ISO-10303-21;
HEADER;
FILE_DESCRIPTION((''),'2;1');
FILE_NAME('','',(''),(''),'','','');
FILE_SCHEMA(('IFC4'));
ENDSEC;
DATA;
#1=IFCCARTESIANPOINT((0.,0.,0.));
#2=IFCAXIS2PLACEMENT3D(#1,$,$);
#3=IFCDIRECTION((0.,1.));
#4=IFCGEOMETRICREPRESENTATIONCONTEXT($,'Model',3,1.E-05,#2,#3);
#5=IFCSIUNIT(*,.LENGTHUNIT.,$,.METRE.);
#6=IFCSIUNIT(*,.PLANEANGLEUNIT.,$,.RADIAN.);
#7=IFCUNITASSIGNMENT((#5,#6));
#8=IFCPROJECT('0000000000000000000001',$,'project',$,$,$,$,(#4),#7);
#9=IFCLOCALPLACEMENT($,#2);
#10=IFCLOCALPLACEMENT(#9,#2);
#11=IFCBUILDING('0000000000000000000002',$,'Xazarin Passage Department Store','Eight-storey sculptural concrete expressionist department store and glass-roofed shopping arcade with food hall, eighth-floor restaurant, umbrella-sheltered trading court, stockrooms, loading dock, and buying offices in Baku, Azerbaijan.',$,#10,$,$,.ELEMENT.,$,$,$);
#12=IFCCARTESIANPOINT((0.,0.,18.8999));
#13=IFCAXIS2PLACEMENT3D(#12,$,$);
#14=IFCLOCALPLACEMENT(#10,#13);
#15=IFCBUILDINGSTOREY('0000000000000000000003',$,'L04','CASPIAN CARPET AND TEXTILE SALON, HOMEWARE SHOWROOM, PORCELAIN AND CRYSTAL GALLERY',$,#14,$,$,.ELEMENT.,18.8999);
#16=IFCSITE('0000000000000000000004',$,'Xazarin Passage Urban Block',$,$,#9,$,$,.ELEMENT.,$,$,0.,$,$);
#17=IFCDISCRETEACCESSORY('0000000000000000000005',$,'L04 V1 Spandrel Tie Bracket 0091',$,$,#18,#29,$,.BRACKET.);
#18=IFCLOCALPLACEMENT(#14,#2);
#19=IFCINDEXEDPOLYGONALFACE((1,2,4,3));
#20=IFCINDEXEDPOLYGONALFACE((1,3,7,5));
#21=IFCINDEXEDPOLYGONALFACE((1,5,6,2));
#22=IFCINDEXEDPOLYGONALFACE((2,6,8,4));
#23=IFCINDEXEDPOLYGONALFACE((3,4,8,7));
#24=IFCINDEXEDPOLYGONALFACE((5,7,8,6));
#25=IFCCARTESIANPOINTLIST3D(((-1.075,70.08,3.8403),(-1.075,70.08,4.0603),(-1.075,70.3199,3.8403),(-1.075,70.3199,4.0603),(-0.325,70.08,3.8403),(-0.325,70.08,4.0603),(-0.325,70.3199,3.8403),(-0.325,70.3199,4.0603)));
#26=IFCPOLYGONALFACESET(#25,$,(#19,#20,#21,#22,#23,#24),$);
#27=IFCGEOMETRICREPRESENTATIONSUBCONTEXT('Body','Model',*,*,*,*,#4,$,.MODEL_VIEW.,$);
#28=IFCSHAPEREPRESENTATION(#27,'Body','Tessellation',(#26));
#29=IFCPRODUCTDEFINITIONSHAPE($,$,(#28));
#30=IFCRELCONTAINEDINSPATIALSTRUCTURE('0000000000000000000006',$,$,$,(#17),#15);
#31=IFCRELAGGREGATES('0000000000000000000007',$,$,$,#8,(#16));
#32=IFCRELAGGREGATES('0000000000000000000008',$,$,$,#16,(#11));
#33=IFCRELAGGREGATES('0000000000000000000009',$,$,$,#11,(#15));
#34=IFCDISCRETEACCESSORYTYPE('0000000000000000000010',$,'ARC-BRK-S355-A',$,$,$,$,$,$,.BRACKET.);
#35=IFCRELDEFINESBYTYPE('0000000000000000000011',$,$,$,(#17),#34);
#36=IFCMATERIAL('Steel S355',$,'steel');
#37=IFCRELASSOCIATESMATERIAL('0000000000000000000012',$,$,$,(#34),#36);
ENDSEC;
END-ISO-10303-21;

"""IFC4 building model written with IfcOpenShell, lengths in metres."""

from ifc_helpers import new_model, si_unit, direction, frame, origin, origin_2d, place, context, subcontext, project, spatial, rectangle, extrude, material, type_object, element, save


model = new_model("IFC4")

# Units and contexts
model_context = context("Model", 3, precision=1e-05, world=origin(), true_north=direction((0.0, 1.0)))
body_context = subcontext(model_context, "Body", "Model", "MODEL_VIEW")
ifc_project = project(units=[si_unit("LENGTHUNIT", "METRE"), si_unit("PLANEANGLEUNIT", "RADIAN")], contexts=[model_context])

# Site, building, storey
site_placement = place(None, origin())
site = spatial("IfcSite", under=ifc_project, at=site_placement, Name="Xazarin Passage Urban Block", CompositionType="ELEMENT", RefElevation=0.0)
building_placement = place(site_placement, origin())
building = spatial("IfcBuilding", under=site, at=building_placement, Name="Xazarin Passage Department Store", Description="Eight-storey sculptural concrete expressionist department store and glass-roofed shopping arcade with food hall, eighth-floor restaurant, umbrella-sheltered trading court, stockrooms, loading dock, and buying offices in Baku, Azerbaijan.", CompositionType="ELEMENT")
storey_placement = place(building_placement, frame((0.0, 0.0, 18.8999)))
storey = spatial("IfcBuildingStorey", under=building, at=storey_placement, Name="L04", Description="CASPIAN CARPET AND TEXTILE SALON, HOMEWARE SHOWROOM, PORCELAIN AND CRYSTAL GALLERY", CompositionType="ELEMENT", Elevation=18.8999)

# Discrete accessory
ifc_material_1 = material(Name="Steel S355", Category="steel")
discrete_accessory_type = type_object("IfcDiscreteAccessoryType", Name="ARC-BRK-S355-A", PredefinedType="BRACKET", material=ifc_material_1)
discrete_accessory_placement = place(storey_placement, frame((-0.7, 70.2, 3.8403), z_axis=(0.0, 0.0, 1.0), x_axis=(0.0, 1.0, 0.0)))
element("IfcDiscreteAccessory", 1, at=discrete_accessory_placement, inside=storey, type_object=discrete_accessory_type, Name="L04 V1 Spandrel Tie Bracket 0091", PredefinedType="BRACKET", context=body_context, shape_type="SweptSolid", body=[
    extrude(rectangle(XDim=0.24, YDim=0.75, at=origin_2d()), origin(), (0.0, 0.0, 1.0), 0.22),
])

save(model, "model.ifc")
